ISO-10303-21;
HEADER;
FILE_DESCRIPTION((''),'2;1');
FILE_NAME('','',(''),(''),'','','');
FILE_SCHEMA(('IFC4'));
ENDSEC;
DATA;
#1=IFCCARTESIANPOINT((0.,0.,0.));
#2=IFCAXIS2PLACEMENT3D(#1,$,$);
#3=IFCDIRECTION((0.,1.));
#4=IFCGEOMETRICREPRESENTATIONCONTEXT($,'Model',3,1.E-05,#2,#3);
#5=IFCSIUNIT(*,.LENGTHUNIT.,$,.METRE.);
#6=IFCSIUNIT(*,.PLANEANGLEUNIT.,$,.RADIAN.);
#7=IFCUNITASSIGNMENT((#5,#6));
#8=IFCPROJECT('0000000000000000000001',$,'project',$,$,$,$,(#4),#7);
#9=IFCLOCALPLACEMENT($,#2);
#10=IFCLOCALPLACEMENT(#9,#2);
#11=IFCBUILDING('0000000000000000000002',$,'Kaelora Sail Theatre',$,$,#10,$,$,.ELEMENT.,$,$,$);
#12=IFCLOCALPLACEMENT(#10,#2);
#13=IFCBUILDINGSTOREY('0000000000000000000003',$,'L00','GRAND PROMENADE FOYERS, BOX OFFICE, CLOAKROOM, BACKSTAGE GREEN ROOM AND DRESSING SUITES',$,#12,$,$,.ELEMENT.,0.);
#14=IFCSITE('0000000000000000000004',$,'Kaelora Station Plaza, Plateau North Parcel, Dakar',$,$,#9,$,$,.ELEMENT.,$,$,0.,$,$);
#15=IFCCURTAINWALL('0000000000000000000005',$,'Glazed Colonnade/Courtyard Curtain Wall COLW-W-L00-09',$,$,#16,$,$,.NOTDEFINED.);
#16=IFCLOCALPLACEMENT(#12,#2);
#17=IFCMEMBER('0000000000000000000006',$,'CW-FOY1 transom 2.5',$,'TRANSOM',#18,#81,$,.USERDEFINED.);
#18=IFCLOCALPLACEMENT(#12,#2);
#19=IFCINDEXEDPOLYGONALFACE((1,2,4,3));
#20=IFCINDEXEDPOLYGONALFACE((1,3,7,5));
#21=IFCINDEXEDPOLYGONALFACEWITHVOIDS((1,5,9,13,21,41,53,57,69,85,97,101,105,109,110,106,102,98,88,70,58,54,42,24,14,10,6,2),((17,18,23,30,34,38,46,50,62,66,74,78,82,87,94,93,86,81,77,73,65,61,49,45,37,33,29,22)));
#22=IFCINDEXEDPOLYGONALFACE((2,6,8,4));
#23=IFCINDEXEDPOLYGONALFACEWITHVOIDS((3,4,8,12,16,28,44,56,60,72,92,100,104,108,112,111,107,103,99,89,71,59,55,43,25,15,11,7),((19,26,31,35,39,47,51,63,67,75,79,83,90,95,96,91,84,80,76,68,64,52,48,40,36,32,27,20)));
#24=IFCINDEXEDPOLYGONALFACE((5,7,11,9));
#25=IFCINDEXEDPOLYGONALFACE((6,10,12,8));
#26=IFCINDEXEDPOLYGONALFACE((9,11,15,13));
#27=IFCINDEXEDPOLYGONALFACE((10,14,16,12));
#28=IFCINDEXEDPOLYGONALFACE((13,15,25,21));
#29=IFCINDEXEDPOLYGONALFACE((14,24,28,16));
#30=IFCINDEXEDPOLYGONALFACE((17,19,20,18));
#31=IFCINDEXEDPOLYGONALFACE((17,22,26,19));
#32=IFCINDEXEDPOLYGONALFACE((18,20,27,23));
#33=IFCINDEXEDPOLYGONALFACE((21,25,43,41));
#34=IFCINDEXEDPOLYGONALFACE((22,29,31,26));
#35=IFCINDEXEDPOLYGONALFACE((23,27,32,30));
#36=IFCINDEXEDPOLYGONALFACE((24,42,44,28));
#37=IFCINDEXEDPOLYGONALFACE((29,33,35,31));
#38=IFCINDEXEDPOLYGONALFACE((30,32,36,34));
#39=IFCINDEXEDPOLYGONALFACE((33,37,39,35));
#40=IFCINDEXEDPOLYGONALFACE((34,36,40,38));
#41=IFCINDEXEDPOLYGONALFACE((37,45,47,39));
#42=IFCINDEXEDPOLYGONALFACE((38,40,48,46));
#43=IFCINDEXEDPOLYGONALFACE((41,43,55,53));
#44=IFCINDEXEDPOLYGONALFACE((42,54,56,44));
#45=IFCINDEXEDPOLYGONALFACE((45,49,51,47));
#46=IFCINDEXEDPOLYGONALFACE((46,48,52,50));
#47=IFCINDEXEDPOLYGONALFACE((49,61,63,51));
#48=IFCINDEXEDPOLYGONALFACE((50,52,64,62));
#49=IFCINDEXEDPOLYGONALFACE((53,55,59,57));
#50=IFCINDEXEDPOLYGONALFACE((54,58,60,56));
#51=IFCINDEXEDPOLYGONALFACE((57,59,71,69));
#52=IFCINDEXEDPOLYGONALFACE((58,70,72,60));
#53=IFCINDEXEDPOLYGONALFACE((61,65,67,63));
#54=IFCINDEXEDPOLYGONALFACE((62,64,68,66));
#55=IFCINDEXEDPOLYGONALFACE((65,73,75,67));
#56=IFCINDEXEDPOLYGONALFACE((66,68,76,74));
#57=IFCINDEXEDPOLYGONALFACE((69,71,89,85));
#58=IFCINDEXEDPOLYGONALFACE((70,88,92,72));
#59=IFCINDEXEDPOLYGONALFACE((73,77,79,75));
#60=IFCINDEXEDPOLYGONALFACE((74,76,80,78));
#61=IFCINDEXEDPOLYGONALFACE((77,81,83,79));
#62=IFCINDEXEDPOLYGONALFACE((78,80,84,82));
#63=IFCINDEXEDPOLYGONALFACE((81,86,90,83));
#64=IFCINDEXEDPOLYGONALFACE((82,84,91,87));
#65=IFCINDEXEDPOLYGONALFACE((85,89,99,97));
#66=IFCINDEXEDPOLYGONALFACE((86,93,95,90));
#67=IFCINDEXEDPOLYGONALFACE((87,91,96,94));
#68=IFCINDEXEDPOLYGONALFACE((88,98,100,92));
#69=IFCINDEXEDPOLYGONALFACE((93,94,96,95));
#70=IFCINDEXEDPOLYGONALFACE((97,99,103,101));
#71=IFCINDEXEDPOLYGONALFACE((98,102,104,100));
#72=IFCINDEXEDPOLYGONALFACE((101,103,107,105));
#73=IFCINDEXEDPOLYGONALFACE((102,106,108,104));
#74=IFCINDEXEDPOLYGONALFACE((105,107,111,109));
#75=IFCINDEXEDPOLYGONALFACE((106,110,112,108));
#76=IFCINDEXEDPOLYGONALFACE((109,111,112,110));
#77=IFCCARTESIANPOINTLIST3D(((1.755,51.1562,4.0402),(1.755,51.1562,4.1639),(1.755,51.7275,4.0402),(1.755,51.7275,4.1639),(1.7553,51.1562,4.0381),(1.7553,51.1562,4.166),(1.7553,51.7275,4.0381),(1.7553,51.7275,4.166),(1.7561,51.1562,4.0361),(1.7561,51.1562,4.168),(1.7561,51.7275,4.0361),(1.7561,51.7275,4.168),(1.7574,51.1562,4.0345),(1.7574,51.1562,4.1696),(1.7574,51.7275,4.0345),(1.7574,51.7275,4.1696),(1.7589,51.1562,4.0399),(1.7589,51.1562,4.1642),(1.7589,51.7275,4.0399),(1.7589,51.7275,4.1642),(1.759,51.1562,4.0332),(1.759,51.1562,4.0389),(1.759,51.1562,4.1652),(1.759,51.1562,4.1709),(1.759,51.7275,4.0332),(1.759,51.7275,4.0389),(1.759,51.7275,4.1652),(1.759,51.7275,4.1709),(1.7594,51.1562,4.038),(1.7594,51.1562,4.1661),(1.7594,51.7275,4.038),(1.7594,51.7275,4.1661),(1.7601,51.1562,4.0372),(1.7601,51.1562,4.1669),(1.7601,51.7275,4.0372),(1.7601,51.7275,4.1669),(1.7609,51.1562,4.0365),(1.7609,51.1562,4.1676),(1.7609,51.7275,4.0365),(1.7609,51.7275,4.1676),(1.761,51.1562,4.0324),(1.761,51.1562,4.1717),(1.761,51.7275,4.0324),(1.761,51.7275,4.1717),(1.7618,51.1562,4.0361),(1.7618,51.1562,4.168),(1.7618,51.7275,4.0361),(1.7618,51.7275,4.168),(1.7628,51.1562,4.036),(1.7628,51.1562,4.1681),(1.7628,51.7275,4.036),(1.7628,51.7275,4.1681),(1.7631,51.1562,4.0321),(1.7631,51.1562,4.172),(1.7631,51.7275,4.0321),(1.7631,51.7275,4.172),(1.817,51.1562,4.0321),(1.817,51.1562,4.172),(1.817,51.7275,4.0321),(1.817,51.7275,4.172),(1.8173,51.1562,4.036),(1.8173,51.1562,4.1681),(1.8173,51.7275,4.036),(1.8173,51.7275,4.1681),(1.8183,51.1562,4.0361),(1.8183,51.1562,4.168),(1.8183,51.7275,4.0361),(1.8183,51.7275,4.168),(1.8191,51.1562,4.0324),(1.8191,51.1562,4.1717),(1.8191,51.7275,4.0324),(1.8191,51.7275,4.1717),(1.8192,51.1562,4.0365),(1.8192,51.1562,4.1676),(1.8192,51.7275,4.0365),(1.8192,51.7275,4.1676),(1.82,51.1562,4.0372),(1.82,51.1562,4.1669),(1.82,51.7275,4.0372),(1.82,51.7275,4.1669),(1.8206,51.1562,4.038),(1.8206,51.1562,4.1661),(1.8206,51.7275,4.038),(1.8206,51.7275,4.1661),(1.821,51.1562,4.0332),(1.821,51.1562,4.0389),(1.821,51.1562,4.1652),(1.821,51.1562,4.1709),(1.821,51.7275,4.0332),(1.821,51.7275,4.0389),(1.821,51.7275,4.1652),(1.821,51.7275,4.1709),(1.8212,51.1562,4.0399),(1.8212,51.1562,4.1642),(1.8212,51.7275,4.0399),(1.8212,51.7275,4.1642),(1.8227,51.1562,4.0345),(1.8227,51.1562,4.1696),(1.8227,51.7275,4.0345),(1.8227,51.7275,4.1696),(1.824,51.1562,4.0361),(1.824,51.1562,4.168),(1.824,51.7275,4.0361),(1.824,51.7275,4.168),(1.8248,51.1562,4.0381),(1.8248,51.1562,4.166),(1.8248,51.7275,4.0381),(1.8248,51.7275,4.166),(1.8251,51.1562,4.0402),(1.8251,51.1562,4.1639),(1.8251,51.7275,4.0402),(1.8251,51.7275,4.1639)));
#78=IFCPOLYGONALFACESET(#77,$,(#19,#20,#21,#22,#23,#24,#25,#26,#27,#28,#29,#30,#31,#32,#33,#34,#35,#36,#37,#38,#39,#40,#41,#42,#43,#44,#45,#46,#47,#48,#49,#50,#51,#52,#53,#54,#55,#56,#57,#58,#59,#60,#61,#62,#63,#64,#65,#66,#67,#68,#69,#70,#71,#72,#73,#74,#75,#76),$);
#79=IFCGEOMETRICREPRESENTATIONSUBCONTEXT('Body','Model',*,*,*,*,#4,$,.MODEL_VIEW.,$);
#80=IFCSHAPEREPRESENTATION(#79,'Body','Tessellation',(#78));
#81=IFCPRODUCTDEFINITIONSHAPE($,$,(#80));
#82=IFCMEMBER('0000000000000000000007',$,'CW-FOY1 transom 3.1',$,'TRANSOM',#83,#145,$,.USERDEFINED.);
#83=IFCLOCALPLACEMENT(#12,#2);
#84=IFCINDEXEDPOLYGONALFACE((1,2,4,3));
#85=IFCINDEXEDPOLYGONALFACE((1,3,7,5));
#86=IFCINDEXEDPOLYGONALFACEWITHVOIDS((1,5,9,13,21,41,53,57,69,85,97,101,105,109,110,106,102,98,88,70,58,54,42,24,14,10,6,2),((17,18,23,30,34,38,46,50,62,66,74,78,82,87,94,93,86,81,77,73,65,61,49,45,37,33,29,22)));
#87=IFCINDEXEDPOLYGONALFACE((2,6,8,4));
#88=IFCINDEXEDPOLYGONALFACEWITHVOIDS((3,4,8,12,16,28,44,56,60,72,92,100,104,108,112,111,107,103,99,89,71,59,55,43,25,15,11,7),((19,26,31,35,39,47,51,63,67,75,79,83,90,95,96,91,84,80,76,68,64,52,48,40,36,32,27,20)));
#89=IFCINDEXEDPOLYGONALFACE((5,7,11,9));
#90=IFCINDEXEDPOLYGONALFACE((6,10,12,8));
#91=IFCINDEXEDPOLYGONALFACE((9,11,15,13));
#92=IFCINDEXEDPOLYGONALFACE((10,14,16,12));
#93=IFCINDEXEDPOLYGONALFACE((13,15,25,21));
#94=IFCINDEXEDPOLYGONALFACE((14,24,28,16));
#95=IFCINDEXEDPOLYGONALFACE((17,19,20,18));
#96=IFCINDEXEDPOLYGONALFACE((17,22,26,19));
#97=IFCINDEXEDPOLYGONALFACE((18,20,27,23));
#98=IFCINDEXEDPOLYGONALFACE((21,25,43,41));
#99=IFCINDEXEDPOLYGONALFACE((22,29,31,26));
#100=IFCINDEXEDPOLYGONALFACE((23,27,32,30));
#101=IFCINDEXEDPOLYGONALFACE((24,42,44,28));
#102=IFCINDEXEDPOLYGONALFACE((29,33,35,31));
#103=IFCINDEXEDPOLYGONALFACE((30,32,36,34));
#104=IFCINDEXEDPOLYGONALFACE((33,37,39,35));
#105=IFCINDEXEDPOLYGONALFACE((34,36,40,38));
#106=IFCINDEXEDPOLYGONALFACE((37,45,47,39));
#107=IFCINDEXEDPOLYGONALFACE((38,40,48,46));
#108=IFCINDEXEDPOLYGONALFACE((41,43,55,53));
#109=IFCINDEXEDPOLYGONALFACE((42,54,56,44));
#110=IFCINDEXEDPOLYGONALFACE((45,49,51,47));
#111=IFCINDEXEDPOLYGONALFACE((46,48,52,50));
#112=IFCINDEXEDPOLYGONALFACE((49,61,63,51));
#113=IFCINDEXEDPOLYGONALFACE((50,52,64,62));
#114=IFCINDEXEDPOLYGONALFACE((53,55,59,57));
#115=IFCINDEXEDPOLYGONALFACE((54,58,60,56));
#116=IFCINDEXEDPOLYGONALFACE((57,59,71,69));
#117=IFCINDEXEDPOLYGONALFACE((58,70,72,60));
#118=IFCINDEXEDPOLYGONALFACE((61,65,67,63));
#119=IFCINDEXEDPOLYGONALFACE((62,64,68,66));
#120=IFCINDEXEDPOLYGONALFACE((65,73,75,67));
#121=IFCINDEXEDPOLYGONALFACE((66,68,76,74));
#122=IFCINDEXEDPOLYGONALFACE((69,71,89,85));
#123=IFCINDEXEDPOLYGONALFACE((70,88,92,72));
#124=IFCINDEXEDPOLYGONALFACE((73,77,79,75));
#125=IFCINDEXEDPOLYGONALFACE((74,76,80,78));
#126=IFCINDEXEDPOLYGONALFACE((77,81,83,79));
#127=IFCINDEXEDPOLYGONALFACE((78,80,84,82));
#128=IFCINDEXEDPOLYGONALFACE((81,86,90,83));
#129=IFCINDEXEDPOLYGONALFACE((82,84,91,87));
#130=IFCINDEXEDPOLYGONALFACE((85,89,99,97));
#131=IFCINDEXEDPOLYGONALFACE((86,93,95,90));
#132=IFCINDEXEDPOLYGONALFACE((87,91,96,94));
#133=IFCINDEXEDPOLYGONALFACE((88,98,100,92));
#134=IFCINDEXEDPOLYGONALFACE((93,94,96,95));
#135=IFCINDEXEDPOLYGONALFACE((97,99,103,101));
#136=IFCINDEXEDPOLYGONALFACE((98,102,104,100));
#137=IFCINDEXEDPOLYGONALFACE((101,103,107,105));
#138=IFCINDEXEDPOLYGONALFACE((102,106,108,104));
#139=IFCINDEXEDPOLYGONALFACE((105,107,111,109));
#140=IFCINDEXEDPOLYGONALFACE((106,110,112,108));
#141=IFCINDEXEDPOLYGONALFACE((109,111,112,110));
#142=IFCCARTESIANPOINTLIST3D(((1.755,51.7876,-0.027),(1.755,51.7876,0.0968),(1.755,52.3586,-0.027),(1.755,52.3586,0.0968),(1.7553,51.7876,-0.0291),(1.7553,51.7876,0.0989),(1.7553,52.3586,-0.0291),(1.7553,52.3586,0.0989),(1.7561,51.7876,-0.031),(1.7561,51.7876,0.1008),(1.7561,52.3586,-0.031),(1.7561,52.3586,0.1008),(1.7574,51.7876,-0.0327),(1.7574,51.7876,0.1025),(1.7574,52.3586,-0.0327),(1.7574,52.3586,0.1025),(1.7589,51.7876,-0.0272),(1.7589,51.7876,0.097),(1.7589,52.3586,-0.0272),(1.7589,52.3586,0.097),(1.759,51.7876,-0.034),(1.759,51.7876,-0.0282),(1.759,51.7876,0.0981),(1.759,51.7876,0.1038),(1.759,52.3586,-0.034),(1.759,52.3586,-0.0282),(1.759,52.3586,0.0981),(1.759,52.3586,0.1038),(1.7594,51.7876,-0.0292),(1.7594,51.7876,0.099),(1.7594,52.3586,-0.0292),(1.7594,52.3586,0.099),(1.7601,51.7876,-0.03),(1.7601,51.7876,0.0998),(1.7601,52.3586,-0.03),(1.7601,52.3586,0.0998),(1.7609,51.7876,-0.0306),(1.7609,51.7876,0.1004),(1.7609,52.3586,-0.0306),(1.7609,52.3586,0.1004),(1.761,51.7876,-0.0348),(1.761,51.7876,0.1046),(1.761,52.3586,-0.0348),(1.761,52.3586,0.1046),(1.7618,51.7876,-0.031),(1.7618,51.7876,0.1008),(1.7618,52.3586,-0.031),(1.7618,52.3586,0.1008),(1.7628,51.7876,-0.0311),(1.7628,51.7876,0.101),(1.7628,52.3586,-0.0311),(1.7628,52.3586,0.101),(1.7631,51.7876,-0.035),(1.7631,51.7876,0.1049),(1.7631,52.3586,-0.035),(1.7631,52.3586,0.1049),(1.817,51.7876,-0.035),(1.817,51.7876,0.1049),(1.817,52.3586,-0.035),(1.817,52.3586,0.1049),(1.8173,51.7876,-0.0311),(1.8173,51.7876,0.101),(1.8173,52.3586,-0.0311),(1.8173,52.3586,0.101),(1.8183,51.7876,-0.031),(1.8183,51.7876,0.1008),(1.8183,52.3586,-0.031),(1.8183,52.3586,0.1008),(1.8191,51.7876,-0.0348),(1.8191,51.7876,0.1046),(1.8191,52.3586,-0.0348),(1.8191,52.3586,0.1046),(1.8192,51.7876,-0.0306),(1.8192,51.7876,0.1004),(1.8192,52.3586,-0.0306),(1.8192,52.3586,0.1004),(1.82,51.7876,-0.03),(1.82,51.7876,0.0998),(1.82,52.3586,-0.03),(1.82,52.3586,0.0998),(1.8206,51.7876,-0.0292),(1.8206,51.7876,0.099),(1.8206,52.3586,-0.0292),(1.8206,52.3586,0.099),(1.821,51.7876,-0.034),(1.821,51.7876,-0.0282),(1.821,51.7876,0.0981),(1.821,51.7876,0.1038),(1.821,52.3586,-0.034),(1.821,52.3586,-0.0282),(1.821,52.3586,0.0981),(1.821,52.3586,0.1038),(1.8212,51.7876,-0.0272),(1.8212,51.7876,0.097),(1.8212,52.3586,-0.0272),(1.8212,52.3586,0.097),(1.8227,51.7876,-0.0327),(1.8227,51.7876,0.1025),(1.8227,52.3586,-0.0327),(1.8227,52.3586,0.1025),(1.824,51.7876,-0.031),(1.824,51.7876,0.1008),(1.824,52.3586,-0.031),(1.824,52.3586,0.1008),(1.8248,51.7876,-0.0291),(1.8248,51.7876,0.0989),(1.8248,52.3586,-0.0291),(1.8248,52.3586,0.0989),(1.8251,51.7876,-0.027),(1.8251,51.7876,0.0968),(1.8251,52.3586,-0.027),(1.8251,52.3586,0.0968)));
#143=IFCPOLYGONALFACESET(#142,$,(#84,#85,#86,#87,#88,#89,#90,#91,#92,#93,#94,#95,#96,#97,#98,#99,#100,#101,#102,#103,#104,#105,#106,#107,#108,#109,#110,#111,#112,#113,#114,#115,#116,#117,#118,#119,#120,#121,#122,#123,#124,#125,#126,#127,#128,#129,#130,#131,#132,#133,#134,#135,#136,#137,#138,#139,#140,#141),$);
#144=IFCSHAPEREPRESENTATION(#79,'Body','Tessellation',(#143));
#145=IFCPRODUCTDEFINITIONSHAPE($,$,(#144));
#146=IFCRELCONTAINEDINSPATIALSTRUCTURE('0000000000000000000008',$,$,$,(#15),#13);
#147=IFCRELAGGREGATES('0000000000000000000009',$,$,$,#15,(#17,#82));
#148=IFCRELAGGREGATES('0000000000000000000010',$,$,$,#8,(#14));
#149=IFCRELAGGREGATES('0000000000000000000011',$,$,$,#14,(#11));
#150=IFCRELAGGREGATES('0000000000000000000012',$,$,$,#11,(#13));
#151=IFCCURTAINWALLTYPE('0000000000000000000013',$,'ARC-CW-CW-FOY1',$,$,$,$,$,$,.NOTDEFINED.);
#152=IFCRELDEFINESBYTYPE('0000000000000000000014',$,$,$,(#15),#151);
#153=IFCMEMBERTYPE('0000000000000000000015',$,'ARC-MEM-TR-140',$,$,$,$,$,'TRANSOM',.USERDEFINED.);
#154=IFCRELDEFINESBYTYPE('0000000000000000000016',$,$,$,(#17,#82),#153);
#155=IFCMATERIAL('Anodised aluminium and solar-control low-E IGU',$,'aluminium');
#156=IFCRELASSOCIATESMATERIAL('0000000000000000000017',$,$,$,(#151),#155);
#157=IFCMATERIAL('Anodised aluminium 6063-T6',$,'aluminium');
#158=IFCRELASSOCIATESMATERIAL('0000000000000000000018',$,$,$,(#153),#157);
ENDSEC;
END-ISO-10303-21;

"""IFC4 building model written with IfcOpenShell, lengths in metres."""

from ifc_helpers import new_model, si_unit, direction, frame, origin, origin_2d, place, context, subcontext, project, spatial, hollow_rectangle, extrude, material, material_profile, profile_set, type_object, element, aggregate, save


model = new_model("IFC4")

# Units and contexts
model_context = context("Model", 3, precision=1e-05, world=origin(), true_north=direction((0.0, 1.0)))
body_context = subcontext(model_context, "Body", "Model", "MODEL_VIEW")
ifc_project = project(units=[si_unit("LENGTHUNIT", "METRE"), si_unit("PLANEANGLEUNIT", "RADIAN")], contexts=[model_context])

# Site, building, storey
site_placement = place(None, origin())
site = spatial("IfcSite", under=ifc_project, at=site_placement, Name="Kaelora Station Plaza, Plateau North Parcel, Dakar", CompositionType="ELEMENT", RefElevation=0.0)
building_placement = place(site_placement, origin())
building = spatial("IfcBuilding", under=site, at=building_placement, Name="Kaelora Sail Theatre", CompositionType="ELEMENT")
storey_placement = place(building_placement, origin())
storey = spatial("IfcBuildingStorey", under=building, at=storey_placement, Name="L00", Description="GRAND PROMENADE FOYERS, BOX OFFICE, CLOAKROOM, BACKSTAGE GREEN ROOM AND DRESSING SUITES", CompositionType="ELEMENT", Elevation=0.0)

# Curtain wall, members
ifc_material_1 = material(Name="Anodised aluminium and solar-control low-E IGU", Category="aluminium")
curtain_wall_type = type_object("IfcCurtainWallType", Name="ARC-CW-CW-FOY1", PredefinedType="NOTDEFINED", material=ifc_material_1)
curtain_wall_placement = place(storey_placement, origin())
curtain_wall = element("IfcCurtainWall", 1, at=curtain_wall_placement, inside=storey, type_object=curtain_wall_type, Name="Glazed Colonnade/Courtyard Curtain Wall COLW-W-L00-09", PredefinedType="NOTDEFINED")
ifc_material_2 = material(Name="Anodised aluminium 6063-T6", Category="aluminium")
ifc_material_profile_1 = material_profile(ifc_material_2, hollow_rectangle(XDim=0.0701, YDim=0.1399, WallThickness=0.0039, InnerFilletRadius=0.0039, OuterFilletRadius=0.0081, at=origin_2d()), Name="ALU-TRAN 70x140x4")
ifc_profile_set_1 = profile_set([ifc_material_profile_1], Name="Anodised aluminium 6063-T6")
member_type_1 = type_object("IfcMemberType", Name="ARC-MEM-TR-140", ElementType="TRANSOM", PredefinedType="USERDEFINED", material=ifc_profile_set_1)
member_1_placement = place(storey_placement, frame((1.79, 51.1562, 4.1021), z_axis=(0.0, 1.0, 0.0), x_axis=(-1.0, 0.0, 0.0)))
member_1 = element("IfcMember", 2, at=member_1_placement, type_object=member_type_1, Name="CW-FOY1 transom 2.5", ObjectType="TRANSOM", PredefinedType="USERDEFINED", context=body_context, shape_type="SweptSolid", body=[
    extrude(hollow_rectangle(XDim=0.0701, YDim=0.1399, WallThickness=0.0039, InnerFilletRadius=0.0039, OuterFilletRadius=0.0081, at=origin_2d()), origin(), (0.0, 0.0, 1.0), 0.5713),
])
member_2_placement = place(storey_placement, frame((1.79, 51.7876, 0.0349), z_axis=(0.0, 1.0, 0.0), x_axis=(-1.0, 0.0, 0.0)))
member_2 = element("IfcMember", 3, at=member_2_placement, type_object=member_type_1, Name="CW-FOY1 transom 3.1", ObjectType="TRANSOM", PredefinedType="USERDEFINED", context=body_context, shape_type="SweptSolid", body=[
    extrude(hollow_rectangle(XDim=0.0701, YDim=0.1399, WallThickness=0.0039, InnerFilletRadius=0.0039, OuterFilletRadius=0.0081, at=origin_2d()), origin(), (0.0, 0.0, 1.0), 0.571),
])
aggregate(curtain_wall, [member_1, member_2])

save(model, "model.ifc")
